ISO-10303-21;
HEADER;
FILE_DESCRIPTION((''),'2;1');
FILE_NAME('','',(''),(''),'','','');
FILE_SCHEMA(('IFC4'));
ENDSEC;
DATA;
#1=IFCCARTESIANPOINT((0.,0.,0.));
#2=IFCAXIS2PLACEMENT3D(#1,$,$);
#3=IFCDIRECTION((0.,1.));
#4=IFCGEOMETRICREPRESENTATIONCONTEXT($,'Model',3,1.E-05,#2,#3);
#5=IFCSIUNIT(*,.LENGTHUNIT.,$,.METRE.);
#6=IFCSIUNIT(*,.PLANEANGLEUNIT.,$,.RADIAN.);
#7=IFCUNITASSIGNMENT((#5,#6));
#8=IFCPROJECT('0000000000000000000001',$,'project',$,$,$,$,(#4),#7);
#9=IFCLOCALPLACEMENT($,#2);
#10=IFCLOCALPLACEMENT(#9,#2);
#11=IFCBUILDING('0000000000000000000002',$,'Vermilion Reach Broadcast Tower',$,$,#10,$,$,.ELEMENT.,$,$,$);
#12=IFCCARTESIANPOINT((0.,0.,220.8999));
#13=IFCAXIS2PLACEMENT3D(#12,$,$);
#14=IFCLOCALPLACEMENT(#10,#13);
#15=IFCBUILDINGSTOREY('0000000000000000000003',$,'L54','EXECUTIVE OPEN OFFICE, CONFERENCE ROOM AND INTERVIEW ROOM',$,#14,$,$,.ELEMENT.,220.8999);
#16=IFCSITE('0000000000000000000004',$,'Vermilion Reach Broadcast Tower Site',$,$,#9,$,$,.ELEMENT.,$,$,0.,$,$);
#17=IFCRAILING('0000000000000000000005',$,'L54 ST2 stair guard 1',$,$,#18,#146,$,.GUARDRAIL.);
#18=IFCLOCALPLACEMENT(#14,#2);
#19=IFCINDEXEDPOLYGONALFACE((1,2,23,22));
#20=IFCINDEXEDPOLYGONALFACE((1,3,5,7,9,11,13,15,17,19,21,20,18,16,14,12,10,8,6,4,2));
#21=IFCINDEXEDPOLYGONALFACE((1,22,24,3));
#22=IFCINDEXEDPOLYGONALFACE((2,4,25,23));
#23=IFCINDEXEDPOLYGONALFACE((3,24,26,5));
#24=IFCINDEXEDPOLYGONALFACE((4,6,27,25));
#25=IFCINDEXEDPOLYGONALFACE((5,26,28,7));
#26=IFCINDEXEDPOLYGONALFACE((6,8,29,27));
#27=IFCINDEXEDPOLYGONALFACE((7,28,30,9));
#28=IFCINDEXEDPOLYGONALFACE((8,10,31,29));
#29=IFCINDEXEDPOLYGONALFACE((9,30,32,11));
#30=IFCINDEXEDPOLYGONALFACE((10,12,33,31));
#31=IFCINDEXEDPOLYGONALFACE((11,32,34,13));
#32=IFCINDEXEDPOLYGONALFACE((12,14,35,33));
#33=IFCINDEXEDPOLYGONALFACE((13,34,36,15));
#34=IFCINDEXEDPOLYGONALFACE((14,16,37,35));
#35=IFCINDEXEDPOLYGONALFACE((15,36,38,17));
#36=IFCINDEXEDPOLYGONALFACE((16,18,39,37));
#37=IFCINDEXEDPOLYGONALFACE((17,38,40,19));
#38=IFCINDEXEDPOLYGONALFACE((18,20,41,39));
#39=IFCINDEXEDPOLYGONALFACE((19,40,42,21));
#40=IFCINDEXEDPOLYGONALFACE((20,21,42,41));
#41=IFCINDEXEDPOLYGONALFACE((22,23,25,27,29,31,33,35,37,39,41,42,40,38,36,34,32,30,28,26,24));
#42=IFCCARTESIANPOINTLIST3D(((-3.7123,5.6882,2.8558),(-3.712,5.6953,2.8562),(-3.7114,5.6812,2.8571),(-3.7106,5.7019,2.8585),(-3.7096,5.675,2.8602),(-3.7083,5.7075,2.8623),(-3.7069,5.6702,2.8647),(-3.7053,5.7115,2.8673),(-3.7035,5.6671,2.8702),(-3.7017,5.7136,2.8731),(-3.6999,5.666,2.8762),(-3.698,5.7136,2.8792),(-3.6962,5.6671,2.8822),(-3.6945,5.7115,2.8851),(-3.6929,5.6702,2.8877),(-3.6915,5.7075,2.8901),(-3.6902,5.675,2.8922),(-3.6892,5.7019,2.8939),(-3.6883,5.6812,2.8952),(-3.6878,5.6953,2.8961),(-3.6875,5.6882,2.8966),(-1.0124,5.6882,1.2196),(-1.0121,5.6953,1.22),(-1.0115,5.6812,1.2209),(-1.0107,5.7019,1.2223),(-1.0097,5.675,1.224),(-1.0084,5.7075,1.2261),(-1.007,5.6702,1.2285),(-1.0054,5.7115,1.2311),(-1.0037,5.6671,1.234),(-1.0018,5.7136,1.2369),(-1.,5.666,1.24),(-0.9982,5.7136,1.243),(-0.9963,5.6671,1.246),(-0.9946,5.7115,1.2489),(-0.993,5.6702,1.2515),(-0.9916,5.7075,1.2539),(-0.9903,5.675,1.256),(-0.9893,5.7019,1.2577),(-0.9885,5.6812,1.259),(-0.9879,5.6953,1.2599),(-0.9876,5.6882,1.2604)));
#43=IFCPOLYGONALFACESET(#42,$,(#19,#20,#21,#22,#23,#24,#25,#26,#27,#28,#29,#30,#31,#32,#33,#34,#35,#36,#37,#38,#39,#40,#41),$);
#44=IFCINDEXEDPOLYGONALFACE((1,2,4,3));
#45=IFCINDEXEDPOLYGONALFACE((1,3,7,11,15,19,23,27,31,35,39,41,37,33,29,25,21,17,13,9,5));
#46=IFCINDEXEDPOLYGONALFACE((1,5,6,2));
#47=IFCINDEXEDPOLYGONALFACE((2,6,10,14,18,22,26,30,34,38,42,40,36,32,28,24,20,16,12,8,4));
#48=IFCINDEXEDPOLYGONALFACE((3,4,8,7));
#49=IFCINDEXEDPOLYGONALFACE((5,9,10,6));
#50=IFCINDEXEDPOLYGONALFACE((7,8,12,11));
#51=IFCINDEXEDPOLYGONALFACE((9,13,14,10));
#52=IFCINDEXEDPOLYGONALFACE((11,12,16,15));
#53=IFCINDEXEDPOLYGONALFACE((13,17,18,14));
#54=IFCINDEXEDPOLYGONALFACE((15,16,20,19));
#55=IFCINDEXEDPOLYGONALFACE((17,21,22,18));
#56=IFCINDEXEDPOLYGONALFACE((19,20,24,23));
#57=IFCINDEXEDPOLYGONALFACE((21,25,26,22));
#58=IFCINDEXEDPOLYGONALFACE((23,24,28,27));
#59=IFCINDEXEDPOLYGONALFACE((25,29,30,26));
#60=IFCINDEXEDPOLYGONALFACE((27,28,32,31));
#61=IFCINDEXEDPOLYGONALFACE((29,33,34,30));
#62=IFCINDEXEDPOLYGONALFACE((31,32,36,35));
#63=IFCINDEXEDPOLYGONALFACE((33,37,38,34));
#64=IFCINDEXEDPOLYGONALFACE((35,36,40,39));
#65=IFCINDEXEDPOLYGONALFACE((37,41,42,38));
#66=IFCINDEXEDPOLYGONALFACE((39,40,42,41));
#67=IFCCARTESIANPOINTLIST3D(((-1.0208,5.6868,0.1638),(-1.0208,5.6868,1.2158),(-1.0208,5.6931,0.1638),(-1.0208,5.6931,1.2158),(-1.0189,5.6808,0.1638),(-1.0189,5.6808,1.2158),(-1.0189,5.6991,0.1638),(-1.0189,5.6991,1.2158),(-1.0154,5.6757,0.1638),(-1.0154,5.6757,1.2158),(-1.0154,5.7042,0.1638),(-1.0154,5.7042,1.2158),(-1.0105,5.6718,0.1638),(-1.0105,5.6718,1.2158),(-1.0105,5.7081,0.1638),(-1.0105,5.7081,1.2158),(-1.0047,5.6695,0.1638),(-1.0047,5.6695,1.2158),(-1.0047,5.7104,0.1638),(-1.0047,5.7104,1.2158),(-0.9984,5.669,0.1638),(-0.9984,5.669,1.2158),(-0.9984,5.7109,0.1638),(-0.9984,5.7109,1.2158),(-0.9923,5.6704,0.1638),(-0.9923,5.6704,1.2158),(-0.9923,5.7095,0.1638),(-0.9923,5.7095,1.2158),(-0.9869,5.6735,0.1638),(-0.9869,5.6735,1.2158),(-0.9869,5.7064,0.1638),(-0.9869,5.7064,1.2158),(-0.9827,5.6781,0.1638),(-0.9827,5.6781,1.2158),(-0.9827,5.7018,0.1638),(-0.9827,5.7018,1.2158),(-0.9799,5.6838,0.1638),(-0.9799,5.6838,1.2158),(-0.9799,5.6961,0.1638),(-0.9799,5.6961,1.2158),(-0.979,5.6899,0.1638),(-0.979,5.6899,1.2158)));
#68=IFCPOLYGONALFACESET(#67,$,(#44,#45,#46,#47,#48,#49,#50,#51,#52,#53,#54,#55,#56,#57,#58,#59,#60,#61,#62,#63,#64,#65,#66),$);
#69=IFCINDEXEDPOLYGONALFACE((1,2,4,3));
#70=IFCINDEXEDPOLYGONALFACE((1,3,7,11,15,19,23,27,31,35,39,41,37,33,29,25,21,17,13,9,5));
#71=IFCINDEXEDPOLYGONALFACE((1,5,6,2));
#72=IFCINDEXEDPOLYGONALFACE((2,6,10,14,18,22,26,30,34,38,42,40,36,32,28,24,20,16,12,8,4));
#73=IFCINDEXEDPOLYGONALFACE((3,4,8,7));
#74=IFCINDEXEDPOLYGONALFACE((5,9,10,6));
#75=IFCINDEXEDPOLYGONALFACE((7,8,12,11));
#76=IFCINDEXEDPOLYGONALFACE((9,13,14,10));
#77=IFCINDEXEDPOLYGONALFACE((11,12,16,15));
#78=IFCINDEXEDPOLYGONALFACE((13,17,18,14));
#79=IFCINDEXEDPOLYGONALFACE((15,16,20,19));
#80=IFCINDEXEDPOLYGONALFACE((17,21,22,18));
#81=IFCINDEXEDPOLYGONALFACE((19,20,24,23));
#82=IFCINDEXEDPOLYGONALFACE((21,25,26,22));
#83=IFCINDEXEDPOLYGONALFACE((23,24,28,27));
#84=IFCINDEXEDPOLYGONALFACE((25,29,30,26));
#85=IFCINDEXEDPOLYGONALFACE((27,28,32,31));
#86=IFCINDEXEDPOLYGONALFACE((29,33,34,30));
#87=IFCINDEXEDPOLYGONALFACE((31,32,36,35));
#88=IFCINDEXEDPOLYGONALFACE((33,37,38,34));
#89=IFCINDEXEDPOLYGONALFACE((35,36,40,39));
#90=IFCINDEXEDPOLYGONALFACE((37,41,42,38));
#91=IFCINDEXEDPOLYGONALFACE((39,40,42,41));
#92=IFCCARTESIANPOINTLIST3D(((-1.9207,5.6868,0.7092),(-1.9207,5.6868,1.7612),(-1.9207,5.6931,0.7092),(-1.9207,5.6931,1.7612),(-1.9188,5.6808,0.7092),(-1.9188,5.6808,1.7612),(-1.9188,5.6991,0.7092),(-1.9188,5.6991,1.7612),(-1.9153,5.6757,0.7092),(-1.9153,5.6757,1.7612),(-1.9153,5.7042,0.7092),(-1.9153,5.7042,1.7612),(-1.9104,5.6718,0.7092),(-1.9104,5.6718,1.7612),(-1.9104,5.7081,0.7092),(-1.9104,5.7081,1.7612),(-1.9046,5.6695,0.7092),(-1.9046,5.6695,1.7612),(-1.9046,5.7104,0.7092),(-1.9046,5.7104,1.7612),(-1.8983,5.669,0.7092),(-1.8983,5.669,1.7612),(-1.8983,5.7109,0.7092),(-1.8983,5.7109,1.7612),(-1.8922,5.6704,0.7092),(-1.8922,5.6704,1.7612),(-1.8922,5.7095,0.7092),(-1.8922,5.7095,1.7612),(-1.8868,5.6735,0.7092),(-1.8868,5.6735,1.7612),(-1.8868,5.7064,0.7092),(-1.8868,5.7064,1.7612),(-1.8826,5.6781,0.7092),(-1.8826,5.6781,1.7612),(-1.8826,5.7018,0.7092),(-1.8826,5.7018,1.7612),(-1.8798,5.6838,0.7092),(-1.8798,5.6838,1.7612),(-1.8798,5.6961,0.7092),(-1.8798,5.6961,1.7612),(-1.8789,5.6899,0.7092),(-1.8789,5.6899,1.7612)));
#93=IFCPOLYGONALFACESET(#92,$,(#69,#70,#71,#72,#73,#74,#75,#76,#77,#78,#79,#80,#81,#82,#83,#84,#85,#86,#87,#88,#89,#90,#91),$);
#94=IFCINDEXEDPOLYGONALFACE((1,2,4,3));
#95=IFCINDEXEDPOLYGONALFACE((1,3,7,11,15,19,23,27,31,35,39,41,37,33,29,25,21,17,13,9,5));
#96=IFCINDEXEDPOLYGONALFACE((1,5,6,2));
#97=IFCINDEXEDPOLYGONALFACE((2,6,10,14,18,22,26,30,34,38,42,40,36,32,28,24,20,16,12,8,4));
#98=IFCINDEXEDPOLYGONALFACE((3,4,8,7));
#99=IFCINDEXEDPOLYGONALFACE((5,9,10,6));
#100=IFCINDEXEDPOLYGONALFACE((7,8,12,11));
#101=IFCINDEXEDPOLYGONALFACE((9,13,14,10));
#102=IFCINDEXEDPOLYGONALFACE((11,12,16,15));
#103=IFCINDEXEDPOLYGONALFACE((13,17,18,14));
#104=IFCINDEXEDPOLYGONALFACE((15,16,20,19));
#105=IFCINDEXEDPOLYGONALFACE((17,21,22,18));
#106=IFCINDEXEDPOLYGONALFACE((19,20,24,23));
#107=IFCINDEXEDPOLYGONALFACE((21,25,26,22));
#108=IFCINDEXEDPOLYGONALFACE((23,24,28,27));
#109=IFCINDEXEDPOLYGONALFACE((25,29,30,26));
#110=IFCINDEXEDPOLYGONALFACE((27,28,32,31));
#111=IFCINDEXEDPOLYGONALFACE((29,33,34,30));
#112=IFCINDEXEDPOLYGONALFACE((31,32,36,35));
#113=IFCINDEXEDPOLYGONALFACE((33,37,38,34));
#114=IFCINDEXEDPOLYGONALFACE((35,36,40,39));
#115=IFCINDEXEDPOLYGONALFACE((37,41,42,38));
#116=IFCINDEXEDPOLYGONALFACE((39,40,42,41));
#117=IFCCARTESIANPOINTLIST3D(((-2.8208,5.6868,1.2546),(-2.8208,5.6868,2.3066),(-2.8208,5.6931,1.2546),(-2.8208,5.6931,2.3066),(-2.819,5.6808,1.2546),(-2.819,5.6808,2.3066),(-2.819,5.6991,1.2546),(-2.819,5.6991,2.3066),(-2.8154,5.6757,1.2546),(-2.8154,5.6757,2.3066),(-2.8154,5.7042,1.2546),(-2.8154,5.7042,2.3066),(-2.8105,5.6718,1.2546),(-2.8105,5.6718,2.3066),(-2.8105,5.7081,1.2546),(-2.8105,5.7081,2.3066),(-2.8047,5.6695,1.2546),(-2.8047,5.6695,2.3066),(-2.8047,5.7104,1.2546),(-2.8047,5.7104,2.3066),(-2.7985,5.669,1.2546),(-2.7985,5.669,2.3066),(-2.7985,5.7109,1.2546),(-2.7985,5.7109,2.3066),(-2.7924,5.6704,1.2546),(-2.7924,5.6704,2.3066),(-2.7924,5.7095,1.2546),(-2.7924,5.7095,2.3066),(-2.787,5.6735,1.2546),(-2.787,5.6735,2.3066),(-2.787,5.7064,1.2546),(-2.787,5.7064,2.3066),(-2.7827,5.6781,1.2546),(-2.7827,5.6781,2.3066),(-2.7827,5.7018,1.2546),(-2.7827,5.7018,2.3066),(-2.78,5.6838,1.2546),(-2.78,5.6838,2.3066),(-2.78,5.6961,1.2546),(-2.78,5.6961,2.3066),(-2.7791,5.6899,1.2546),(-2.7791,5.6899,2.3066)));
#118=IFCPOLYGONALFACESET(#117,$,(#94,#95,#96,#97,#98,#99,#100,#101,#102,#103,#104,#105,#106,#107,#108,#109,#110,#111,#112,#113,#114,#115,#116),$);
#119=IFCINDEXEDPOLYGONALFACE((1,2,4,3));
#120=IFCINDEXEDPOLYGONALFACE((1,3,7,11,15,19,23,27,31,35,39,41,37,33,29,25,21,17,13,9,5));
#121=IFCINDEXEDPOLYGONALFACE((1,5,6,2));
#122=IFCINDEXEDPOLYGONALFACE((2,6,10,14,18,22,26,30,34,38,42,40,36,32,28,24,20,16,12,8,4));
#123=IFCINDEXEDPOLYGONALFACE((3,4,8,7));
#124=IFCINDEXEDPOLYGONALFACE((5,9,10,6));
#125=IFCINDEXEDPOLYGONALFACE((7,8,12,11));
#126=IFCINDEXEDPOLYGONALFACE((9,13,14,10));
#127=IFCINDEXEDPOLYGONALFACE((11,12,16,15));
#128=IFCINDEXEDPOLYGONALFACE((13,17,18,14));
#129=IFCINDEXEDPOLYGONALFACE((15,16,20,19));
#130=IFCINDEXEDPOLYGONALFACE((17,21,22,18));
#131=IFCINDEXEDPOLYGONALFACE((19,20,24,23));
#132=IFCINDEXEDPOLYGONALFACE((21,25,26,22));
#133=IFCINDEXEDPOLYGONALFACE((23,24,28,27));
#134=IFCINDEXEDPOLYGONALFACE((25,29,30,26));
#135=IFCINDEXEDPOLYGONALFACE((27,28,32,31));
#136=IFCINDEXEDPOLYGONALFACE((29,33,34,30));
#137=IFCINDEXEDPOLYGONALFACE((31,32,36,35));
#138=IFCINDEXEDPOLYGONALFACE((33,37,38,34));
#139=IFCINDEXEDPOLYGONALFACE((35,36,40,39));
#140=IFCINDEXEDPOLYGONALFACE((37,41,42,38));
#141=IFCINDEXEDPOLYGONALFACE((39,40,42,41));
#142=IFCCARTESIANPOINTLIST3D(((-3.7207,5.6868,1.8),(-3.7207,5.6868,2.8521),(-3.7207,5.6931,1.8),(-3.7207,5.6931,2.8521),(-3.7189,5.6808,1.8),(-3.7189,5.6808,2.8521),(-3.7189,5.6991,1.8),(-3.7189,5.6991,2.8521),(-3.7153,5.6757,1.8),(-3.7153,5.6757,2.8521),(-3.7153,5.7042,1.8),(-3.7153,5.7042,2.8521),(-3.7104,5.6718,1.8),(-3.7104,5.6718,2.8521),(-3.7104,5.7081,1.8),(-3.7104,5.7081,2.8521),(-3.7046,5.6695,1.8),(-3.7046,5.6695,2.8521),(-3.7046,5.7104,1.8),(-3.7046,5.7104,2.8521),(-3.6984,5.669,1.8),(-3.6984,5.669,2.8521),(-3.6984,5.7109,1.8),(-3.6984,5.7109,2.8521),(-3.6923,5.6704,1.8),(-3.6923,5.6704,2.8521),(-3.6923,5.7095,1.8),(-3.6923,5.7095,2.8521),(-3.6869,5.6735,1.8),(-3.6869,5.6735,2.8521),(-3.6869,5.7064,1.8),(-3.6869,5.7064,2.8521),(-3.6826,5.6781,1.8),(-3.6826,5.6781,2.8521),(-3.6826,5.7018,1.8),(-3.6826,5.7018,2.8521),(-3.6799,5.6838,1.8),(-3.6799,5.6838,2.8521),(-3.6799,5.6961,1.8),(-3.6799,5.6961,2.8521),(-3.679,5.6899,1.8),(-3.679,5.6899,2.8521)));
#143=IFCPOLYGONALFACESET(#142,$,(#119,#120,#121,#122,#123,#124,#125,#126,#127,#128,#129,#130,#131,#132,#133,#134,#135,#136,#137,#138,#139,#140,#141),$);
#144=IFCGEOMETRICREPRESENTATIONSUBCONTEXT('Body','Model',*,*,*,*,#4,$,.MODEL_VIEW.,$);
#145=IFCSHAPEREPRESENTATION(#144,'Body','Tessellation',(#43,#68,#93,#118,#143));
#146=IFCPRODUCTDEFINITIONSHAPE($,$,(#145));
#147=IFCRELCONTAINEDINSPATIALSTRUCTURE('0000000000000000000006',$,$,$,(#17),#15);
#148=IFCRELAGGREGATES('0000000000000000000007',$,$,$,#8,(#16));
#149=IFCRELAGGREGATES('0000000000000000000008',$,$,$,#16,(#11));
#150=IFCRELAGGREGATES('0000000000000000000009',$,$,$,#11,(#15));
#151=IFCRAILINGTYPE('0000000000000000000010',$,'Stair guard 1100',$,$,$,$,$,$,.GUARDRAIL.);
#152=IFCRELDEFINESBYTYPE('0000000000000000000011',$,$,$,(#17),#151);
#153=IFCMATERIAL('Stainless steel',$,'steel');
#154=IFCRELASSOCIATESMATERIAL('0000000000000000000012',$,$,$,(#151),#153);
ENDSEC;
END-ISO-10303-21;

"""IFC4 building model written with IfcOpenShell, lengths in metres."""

from ifc_helpers import new_model, si_unit, direction, frame, origin, origin_2d, place, context, subcontext, project, spatial, circle, extrude, material, type_object, element, save


model = new_model("IFC4")

# Units and contexts
model_context = context("Model", 3, precision=1e-05, world=origin(), true_north=direction((0.0, 1.0)))
body_context = subcontext(model_context, "Body", "Model", "MODEL_VIEW")
ifc_project = project(units=[si_unit("LENGTHUNIT", "METRE"), si_unit("PLANEANGLEUNIT", "RADIAN")], contexts=[model_context])

# Site, building, storey
site_placement = place(None, origin())
site = spatial("IfcSite", under=ifc_project, at=site_placement, Name="Vermilion Reach Broadcast Tower Site", CompositionType="ELEMENT", RefElevation=0.0)
building_placement = place(site_placement, origin())
building = spatial("IfcBuilding", under=site, at=building_placement, Name="Vermilion Reach Broadcast Tower", CompositionType="ELEMENT")
storey_placement = place(building_placement, frame((0.0, 0.0, 220.8999)))
storey = spatial("IfcBuildingStorey", under=building, at=storey_placement, Name="L54", Description="EXECUTIVE OPEN OFFICE, CONFERENCE ROOM AND INTERVIEW ROOM", CompositionType="ELEMENT", Elevation=220.8999)

# Railing
ifc_material_1 = material(Name="Stainless steel", Category="steel")
railing_type_1 = type_object("IfcRailingType", Name="Stair guard 1100", PredefinedType="GUARDRAIL", material=ifc_material_1)
railing_1_placement = place(storey_placement, frame((-1.0, 5.6899, 0.1638)))
element("IfcRailing", 1, at=railing_1_placement, inside=storey, type_object=railing_type_1, Name="L54 ST2 stair guard 1", PredefinedType="GUARDRAIL", context=body_context, shape_type="SweptSolid", body=[
    extrude(circle(Radius=0.0239, at=origin_2d()), frame((0.0, 0.0, 1.0762), z_axis=(-0.855212, 0.0, 0.518278), x_axis=(0.0, -1.0, 0.0)), (0.0, 0.0, 1.0), 3.157),
    extrude(circle(Radius=0.021, at=origin_2d()), origin(), (0.0, 0.0, 1.0), 1.052),
    extrude(circle(Radius=0.021, at=origin_2d()), frame((-0.8999, 0.0, 0.5454)), (0.0, 0.0, 1.0), 1.052),
    extrude(circle(Radius=0.021, at=origin_2d()), frame((-1.8, 0.0, 1.0908)), (0.0, 0.0, 1.0), 1.052),
    extrude(circle(Radius=0.021, at=origin_2d()), frame((-2.7, 0.0, 1.6362)), (0.0, 0.0, 1.0), 1.052),
])

save(model, "model.ifc")
